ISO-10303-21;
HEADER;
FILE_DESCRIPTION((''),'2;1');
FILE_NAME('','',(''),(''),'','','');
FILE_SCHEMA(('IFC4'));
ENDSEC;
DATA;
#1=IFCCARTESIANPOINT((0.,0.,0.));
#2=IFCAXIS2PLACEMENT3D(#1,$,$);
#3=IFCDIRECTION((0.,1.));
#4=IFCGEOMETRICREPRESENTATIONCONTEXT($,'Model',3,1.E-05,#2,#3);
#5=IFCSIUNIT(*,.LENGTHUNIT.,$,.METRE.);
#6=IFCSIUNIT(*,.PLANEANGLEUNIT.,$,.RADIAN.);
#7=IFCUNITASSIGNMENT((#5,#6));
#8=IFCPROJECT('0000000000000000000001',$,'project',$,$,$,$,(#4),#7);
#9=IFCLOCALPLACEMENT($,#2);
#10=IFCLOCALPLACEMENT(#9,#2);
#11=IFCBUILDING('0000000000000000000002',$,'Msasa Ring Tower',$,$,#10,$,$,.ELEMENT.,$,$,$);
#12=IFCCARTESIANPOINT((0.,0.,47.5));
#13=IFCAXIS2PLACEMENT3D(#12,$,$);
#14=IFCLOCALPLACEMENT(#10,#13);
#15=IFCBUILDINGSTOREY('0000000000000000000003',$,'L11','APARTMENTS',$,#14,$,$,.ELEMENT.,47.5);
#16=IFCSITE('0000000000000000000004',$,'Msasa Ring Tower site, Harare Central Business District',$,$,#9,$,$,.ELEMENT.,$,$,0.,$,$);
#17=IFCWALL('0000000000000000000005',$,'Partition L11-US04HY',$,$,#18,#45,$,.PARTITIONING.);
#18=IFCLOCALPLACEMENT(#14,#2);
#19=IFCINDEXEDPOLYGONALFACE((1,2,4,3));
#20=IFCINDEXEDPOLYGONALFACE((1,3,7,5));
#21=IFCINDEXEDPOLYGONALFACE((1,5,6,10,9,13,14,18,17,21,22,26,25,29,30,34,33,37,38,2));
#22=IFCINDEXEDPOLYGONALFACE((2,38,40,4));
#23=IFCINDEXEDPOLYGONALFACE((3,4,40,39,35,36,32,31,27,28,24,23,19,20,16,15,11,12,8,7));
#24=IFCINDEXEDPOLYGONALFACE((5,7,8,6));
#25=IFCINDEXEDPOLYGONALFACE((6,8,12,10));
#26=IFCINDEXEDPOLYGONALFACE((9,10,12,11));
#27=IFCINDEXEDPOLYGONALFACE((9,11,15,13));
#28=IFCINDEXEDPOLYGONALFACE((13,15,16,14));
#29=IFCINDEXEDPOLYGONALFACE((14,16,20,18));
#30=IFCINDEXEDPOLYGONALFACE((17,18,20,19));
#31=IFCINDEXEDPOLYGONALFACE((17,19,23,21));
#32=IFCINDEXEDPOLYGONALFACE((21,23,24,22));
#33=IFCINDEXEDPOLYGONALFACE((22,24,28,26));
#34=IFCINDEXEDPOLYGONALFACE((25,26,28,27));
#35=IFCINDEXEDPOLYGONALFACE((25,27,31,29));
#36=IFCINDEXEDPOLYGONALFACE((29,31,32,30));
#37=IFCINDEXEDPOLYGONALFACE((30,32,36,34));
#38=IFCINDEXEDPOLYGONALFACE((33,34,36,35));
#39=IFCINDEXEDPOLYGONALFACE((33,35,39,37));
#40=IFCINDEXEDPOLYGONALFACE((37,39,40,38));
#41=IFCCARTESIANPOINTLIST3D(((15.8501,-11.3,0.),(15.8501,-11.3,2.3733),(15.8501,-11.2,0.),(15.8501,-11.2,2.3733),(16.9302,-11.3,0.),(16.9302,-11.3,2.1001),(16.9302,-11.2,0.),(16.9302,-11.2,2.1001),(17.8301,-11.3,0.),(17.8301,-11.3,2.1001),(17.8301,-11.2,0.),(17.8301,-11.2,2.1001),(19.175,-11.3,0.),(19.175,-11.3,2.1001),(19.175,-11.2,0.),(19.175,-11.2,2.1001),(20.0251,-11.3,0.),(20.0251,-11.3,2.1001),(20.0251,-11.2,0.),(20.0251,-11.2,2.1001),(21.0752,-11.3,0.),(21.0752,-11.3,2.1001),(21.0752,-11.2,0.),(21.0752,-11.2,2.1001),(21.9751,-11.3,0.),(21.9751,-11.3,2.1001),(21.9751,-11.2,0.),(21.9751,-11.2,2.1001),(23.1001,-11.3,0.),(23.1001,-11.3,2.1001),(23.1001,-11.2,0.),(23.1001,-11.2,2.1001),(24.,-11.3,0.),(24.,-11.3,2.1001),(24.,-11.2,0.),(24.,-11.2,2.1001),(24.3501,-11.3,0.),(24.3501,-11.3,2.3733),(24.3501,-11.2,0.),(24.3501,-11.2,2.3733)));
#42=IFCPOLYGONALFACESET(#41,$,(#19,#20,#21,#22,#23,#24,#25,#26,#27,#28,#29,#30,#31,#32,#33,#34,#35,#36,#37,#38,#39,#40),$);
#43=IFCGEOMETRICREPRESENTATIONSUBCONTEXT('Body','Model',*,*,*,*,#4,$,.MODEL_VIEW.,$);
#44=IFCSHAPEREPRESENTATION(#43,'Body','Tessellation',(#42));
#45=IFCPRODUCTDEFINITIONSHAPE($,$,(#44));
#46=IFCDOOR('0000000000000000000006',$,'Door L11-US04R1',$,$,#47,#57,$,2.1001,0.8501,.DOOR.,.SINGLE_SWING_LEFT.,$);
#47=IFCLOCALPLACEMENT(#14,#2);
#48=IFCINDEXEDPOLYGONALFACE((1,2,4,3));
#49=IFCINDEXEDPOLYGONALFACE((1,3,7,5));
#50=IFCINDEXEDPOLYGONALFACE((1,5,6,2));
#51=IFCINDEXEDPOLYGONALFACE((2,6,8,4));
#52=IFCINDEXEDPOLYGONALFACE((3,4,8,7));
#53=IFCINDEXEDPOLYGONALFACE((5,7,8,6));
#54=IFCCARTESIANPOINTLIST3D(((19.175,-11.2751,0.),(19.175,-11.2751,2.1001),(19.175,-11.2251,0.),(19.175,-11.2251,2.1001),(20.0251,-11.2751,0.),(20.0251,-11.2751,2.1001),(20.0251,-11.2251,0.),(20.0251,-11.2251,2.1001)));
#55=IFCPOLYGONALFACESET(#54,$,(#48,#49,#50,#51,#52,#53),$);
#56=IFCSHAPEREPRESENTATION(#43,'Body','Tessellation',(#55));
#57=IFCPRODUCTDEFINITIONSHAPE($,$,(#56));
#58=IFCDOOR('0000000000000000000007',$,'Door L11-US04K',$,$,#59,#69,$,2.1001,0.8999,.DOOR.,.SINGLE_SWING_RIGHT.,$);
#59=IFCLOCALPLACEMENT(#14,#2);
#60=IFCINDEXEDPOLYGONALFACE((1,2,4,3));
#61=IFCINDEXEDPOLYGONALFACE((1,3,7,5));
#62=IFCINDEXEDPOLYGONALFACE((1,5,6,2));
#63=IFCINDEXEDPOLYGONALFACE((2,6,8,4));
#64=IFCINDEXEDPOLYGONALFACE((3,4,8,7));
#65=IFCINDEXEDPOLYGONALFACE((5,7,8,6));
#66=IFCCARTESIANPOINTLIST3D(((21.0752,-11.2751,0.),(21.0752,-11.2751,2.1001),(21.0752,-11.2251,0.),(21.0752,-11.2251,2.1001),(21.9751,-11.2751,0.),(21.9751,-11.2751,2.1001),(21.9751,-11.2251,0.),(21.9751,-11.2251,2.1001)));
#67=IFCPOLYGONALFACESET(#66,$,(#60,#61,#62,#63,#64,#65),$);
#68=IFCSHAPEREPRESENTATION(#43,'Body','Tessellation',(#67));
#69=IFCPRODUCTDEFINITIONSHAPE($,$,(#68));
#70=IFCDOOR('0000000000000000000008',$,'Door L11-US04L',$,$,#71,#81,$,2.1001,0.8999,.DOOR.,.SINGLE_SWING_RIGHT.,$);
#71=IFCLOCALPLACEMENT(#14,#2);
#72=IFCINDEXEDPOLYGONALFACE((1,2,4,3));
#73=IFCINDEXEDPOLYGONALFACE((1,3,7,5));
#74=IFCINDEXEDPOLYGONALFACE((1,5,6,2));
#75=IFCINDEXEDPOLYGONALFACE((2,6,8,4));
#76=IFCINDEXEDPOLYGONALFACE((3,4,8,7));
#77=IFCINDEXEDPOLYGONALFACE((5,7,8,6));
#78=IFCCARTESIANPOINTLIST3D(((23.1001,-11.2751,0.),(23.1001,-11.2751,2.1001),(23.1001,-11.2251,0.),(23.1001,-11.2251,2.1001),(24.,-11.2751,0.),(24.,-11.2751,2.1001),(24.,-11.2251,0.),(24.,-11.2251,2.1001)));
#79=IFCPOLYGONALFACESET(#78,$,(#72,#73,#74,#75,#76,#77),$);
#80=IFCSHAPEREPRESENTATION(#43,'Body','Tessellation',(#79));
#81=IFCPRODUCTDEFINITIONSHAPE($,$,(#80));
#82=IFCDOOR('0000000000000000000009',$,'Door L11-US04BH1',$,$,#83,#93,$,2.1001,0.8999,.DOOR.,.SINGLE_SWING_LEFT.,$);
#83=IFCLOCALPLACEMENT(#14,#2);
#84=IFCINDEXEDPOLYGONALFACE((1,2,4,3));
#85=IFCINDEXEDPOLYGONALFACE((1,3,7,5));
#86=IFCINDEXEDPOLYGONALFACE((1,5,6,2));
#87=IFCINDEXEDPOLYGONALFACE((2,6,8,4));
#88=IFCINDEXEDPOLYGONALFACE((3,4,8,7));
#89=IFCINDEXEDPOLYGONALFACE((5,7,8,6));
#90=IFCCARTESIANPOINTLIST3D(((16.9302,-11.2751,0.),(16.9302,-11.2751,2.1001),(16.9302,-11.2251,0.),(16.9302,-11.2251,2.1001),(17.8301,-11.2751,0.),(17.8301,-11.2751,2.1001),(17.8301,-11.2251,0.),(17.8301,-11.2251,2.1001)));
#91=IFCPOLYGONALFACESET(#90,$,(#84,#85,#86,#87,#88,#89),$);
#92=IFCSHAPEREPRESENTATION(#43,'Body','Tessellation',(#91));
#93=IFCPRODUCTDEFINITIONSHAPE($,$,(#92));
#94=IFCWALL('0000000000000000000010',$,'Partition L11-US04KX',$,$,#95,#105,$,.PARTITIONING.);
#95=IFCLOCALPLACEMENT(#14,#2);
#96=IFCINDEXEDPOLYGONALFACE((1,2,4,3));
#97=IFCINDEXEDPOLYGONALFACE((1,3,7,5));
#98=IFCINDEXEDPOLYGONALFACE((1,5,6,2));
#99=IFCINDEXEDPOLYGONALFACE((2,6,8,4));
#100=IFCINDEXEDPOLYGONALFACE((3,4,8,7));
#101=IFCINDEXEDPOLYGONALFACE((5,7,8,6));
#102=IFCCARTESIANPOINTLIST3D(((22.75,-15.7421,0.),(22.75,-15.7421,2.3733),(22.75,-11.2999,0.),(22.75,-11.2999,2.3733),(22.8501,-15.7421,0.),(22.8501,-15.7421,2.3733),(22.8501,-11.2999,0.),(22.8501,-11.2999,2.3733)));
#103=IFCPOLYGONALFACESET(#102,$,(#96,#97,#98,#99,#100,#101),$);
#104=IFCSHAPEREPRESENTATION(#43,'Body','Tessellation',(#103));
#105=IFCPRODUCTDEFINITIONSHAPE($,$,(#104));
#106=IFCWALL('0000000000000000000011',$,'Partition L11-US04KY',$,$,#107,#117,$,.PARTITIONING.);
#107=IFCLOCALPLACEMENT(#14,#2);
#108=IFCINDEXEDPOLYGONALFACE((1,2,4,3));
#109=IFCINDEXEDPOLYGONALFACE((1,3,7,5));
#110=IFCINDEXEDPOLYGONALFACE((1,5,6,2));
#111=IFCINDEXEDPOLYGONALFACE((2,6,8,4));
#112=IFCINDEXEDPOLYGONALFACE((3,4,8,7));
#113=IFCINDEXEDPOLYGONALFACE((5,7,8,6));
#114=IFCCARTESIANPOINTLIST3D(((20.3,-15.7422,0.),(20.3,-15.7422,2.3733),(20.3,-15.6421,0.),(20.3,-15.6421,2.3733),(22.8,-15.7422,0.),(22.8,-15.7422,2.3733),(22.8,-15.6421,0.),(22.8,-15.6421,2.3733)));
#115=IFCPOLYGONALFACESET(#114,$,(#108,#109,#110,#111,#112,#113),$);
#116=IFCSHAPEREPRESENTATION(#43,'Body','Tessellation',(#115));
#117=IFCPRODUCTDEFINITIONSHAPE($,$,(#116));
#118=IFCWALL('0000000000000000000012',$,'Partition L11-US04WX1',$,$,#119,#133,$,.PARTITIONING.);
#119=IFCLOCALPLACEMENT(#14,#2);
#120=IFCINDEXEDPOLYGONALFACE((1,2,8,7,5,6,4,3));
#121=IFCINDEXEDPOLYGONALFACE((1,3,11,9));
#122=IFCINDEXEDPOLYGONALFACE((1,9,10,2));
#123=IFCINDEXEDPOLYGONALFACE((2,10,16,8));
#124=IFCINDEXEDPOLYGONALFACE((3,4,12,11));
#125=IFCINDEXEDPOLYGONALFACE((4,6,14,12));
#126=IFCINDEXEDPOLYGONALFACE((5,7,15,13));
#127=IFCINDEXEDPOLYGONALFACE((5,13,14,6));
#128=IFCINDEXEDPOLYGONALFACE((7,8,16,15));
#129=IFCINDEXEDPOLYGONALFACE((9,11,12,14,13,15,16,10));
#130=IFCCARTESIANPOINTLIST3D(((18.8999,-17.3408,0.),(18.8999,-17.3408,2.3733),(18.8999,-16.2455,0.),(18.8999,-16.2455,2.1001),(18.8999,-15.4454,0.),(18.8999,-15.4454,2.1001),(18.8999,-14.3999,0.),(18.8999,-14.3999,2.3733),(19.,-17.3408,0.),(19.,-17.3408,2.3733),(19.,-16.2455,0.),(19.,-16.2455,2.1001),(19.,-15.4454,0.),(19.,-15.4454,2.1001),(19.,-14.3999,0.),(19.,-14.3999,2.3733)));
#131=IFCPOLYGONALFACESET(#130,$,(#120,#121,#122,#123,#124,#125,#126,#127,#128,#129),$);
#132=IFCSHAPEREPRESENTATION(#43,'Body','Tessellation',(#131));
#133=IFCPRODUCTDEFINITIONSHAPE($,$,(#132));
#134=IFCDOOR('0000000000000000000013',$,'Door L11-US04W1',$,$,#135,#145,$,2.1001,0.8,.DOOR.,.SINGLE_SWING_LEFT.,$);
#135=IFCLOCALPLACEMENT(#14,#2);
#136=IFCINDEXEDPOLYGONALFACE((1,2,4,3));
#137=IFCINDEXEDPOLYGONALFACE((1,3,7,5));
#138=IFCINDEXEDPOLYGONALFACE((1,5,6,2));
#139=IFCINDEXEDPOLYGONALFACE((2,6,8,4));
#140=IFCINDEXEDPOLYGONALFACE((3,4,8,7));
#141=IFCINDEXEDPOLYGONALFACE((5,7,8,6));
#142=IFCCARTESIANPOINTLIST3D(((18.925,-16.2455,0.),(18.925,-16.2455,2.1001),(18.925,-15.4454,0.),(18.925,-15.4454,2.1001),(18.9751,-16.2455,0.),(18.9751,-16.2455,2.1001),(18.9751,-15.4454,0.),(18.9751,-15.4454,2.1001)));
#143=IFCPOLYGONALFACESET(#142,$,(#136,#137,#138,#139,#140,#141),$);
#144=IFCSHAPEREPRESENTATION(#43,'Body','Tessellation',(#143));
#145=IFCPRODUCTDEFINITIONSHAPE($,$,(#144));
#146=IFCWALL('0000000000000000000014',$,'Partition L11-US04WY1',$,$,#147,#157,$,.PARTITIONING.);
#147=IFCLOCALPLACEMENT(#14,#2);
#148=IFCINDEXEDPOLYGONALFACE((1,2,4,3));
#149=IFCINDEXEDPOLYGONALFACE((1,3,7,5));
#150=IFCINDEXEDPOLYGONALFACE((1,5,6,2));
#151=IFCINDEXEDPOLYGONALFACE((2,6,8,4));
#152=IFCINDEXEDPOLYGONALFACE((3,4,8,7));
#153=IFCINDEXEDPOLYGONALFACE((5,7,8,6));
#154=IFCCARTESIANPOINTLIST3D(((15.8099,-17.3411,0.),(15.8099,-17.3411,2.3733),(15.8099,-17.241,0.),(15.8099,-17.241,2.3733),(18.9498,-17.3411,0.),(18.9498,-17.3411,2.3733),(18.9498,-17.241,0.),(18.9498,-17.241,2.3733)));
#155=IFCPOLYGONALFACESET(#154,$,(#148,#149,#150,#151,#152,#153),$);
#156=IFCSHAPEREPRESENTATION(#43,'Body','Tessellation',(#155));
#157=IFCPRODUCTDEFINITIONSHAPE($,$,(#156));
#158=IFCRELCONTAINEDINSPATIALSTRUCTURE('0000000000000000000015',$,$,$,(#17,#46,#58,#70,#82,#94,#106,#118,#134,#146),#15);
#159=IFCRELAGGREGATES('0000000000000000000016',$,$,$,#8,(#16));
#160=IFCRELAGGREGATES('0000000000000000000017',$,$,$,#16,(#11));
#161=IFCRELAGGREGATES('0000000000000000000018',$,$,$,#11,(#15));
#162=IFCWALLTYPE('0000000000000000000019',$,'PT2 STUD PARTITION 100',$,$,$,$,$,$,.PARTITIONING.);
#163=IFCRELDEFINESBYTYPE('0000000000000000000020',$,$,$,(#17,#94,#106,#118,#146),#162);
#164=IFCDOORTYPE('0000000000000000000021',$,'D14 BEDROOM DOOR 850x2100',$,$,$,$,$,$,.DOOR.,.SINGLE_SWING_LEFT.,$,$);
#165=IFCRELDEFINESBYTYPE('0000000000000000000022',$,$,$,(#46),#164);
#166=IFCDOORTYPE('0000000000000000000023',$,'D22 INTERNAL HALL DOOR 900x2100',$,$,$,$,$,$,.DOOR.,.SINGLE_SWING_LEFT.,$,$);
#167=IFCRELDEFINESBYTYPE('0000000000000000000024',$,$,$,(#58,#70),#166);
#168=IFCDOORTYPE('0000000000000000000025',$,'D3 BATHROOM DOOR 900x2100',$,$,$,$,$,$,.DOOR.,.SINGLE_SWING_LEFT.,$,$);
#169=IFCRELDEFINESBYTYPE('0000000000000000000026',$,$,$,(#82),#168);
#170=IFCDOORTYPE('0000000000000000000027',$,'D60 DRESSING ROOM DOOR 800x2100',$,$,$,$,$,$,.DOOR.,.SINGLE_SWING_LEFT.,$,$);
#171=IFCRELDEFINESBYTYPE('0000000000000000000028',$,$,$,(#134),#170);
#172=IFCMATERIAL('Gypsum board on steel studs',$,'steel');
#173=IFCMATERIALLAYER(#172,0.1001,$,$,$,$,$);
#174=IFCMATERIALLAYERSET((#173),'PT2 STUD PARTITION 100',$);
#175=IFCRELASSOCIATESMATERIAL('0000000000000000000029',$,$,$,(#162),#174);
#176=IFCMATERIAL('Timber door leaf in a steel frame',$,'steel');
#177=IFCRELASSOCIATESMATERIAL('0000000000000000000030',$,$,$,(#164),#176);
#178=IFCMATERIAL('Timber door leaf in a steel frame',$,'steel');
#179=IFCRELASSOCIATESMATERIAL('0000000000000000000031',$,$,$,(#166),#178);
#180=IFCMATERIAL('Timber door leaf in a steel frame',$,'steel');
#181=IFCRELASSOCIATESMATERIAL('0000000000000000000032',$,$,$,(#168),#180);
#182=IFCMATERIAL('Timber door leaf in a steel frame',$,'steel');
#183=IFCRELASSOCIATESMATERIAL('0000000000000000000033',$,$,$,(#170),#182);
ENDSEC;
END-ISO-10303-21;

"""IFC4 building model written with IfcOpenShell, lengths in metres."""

from ifc_helpers import new_model, si_unit, direction, frame, frame_2d, origin, place, context, subcontext, project, spatial, rectangle, extrude, material, layer, layer_set, type_object, element, fill, save


model = new_model("IFC4")

# Units and contexts
model_context = context("Model", 3, precision=1e-05, world=origin(), true_north=direction((0.0, 1.0)))
body_context = subcontext(model_context, "Body", "Model", "MODEL_VIEW")
ifc_project = project(units=[si_unit("LENGTHUNIT", "METRE"), si_unit("PLANEANGLEUNIT", "RADIAN")], contexts=[model_context])

# Site, building, storey
site_placement = place(None, origin())
site = spatial("IfcSite", under=ifc_project, at=site_placement, Name="Msasa Ring Tower site, Harare Central Business District", CompositionType="ELEMENT", RefElevation=0.0)
building_placement = place(site_placement, origin())
building = spatial("IfcBuilding", under=site, at=building_placement, Name="Msasa Ring Tower", CompositionType="ELEMENT")
storey_placement = place(building_placement, frame((0.0, 0.0, 47.5)))
storey = spatial("IfcBuildingStorey", under=building, at=storey_placement, Name="L11", Description="APARTMENTS", CompositionType="ELEMENT", Elevation=47.5)

# Wall, openings, doors
ifc_material_1 = material(Name="Gypsum board on steel studs", Category="steel")
ifc_layer_1 = layer(ifc_material_1, 0.1001)
ifc_layer_set_1 = layer_set([ifc_layer_1], Name="PT2 STUD PARTITION 100")
wall_type_1 = type_object("IfcWallType", Name="PT2 STUD PARTITION 100", PredefinedType="PARTITIONING", material=ifc_layer_set_1)
wall_1_placement = place(storey_placement, frame((15.8501, -11.25, 0.0), z_axis=(0.0, 0.0, 1.0), x_axis=(1.0, 0.0, 0.0)))
wall_1 = element("IfcWall", 1, at=wall_1_placement, inside=storey, type_object=wall_type_1, Name="Partition L11-US04HY", PredefinedType="PARTITIONING", context=body_context, shape_type="SweptSolid", body=[
    extrude(rectangle(XDim=8.5, YDim=0.1001, at=frame_2d((4.25, 0.0))), origin(), (0.0, 0.0, 1.0), 2.3733),
])
opening_1_placement = place(wall_1_placement, frame((5.2251, 0.0, 0.0)))
opening_1 = element("IfcOpeningElement", 2, at=opening_1_placement, cuts=wall_1, PredefinedType="OPENING", context=body_context, shape_type="SweptSolid", body=[
    extrude(rectangle(XDim=0.8999, YDim=2.1001, at=frame_2d((0.45, 1.05))), frame((0.0, 0.0601, 0.0), z_axis=(0.0, -1.0, 0.0), x_axis=(1.0, 0.0, 0.0)), (0.0, 0.0, 1.0), 0.1201),
])
opening_2_placement = place(wall_1_placement, frame((7.25, 0.0, 0.0)))
opening_2 = element("IfcOpeningElement", 3, at=opening_2_placement, cuts=wall_1, PredefinedType="OPENING", context=body_context, shape_type="SweptSolid", body=[
    extrude(rectangle(XDim=0.8999, YDim=2.1001, at=frame_2d((0.45, 1.05))), frame((0.0, 0.0601, 0.0), z_axis=(0.0, -1.0, 0.0), x_axis=(1.0, 0.0, 0.0)), (0.0, 0.0, 1.0), 0.1201),
])
opening_3_placement = place(wall_1_placement, frame((3.325, 0.0, 0.0)))
opening_3 = element("IfcOpeningElement", 4, at=opening_3_placement, cuts=wall_1, PredefinedType="OPENING", context=body_context, shape_type="SweptSolid", body=[
    extrude(rectangle(XDim=0.8501, YDim=2.1001, at=frame_2d((0.425, 1.05))), frame((0.0, 0.0601, 0.0), z_axis=(0.0, -1.0, 0.0), x_axis=(1.0, 0.0, 0.0)), (0.0, 0.0, 1.0), 0.1201),
])
opening_4_placement = place(wall_1_placement, frame((1.0801, 0.0, 0.0)))
opening_4 = element("IfcOpeningElement", 5, at=opening_4_placement, cuts=wall_1, PredefinedType="OPENING", context=body_context, shape_type="SweptSolid", body=[
    extrude(rectangle(XDim=0.8999, YDim=2.1001, at=frame_2d((0.45, 1.05))), frame((0.0, 0.0601, 0.0), z_axis=(0.0, -1.0, 0.0), x_axis=(1.0, 0.0, 0.0)), (0.0, 0.0, 1.0), 0.1201),
])
ifc_material_2 = material(Name="Timber door leaf in a steel frame", Category="steel")
door_type_1 = type_object("IfcDoorType", Name="D14 BEDROOM DOOR 850x2100", OperationType="SINGLE_SWING_LEFT", PredefinedType="DOOR", material=ifc_material_2)
door_1_placement = place(opening_3_placement, origin())
door_1 = element("IfcDoor", 6, at=door_1_placement, inside=storey, type_object=door_type_1, Name="Door L11-US04R1", OperationType="SINGLE_SWING_LEFT", OverallHeight=2.1001, OverallWidth=0.8501, PredefinedType="DOOR", context=body_context, shape_type="SweptSolid", body=[
    extrude(rectangle(XDim=0.8501, YDim=2.1001, at=frame_2d((0.425, 1.05))), frame((0.0, 0.0249, 0.0), z_axis=(0.0, -1.0, 0.0), x_axis=(1.0, 0.0, 0.0)), (0.0, 0.0, 1.0), 0.05),
])
fill(opening_3, door_1)
ifc_material_3 = material(Name="Timber door leaf in a steel frame", Category="steel")
door_type_2 = type_object("IfcDoorType", Name="D22 INTERNAL HALL DOOR 900x2100", OperationType="SINGLE_SWING_LEFT", PredefinedType="DOOR", material=ifc_material_3)
door_2_placement = place(opening_1_placement, origin())
door_2 = element("IfcDoor", 7, at=door_2_placement, inside=storey, type_object=door_type_2, Name="Door L11-US04K", OperationType="SINGLE_SWING_RIGHT", OverallHeight=2.1001, OverallWidth=0.8999, PredefinedType="DOOR", context=body_context, shape_type="SweptSolid", body=[
    extrude(rectangle(XDim=0.8999, YDim=2.1001, at=frame_2d((0.45, 1.05))), frame((0.0, 0.0249, 0.0), z_axis=(0.0, -1.0, 0.0), x_axis=(1.0, 0.0, 0.0)), (0.0, 0.0, 1.0), 0.05),
])
fill(opening_1, door_2)
door_3_placement = place(opening_2_placement, origin())
door_3 = element("IfcDoor", 8, at=door_3_placement, inside=storey, type_object=door_type_2, Name="Door L11-US04L", OperationType="SINGLE_SWING_RIGHT", OverallHeight=2.1001, OverallWidth=0.8999, PredefinedType="DOOR", context=body_context, shape_type="SweptSolid", body=[
    extrude(rectangle(XDim=0.8999, YDim=2.1001, at=frame_2d((0.45, 1.05))), frame((0.0, 0.0249, 0.0), z_axis=(0.0, -1.0, 0.0), x_axis=(1.0, 0.0, 0.0)), (0.0, 0.0, 1.0), 0.05),
])
fill(opening_2, door_3)
ifc_material_4 = material(Name="Timber door leaf in a steel frame", Category="steel")
door_type_3 = type_object("IfcDoorType", Name="D3 BATHROOM DOOR 900x2100", OperationType="SINGLE_SWING_LEFT", PredefinedType="DOOR", material=ifc_material_4)
door_4_placement = place(opening_4_placement, origin())
door_4 = element("IfcDoor", 9, at=door_4_placement, inside=storey, type_object=door_type_3, Name="Door L11-US04BH1", OperationType="SINGLE_SWING_LEFT", OverallHeight=2.1001, OverallWidth=0.8999, PredefinedType="DOOR", context=body_context, shape_type="SweptSolid", body=[
    extrude(rectangle(XDim=0.8999, YDim=2.1001, at=frame_2d((0.45, 1.05))), frame((0.0, 0.0249, 0.0), z_axis=(0.0, -1.0, 0.0), x_axis=(1.0, 0.0, 0.0)), (0.0, 0.0, 1.0), 0.05),
])
fill(opening_4, door_4)

# Walls
wall_2_placement = place(storey_placement, frame((22.8, -15.7422, 0.0), z_axis=(0.0, 0.0, 1.0), x_axis=(0.0, 1.0, 0.0)))
element("IfcWall", 10, at=wall_2_placement, inside=storey, type_object=wall_type_1, Name="Partition L11-US04KX", PredefinedType="PARTITIONING", context=body_context, shape_type="SweptSolid", body=[
    extrude(rectangle(XDim=4.4421, YDim=0.1001, at=frame_2d((2.2212, 0.0))), origin(), (0.0, 0.0, 1.0), 2.3733),
])
wall_3_placement = place(storey_placement, frame((20.3, -15.6921, 0.0), z_axis=(0.0, 0.0, 1.0), x_axis=(1.0, 0.0, 0.0)))
element("IfcWall", 11, at=wall_3_placement, inside=storey, type_object=wall_type_1, Name="Partition L11-US04KY", PredefinedType="PARTITIONING", context=body_context, shape_type="SweptSolid", body=[
    extrude(rectangle(XDim=2.5, YDim=0.1001, at=frame_2d((1.25, 0.0))), origin(), (0.0, 0.0, 1.0), 2.3733),
])

# Wall, opening, door
wall_4_placement = place(storey_placement, frame((18.95, -17.3408, 0.0), z_axis=(0.0, 0.0, 1.0), x_axis=(0.0, 1.0, 0.0)))
wall_4 = element("IfcWall", 12, at=wall_4_placement, inside=storey, type_object=wall_type_1, Name="Partition L11-US04WX1", PredefinedType="PARTITIONING", context=body_context, shape_type="SweptSolid", body=[
    extrude(rectangle(XDim=2.9409, YDim=0.1001, at=frame_2d((1.4705, 0.0))), origin(), (0.0, 0.0, 1.0), 2.3733),
])
opening_5_placement = place(wall_4_placement, frame((1.0955, 0.0, 0.0)))
opening_5 = element("IfcOpeningElement", 13, at=opening_5_placement, cuts=wall_4, PredefinedType="OPENING", context=body_context, shape_type="SweptSolid", body=[
    extrude(rectangle(XDim=0.8, YDim=2.1001, at=frame_2d((0.3999, 1.05))), frame((0.0, 0.0601, 0.0), z_axis=(0.0, -1.0, 0.0), x_axis=(1.0, 0.0, 0.0)), (0.0, 0.0, 1.0), 0.1201),
])
ifc_material_5 = material(Name="Timber door leaf in a steel frame", Category="steel")
door_type_4 = type_object("IfcDoorType", Name="D60 DRESSING ROOM DOOR 800x2100", OperationType="SINGLE_SWING_LEFT", PredefinedType="DOOR", material=ifc_material_5)
door_5_placement = place(opening_5_placement, origin())
door_5 = element("IfcDoor", 14, at=door_5_placement, inside=storey, type_object=door_type_4, Name="Door L11-US04W1", OperationType="SINGLE_SWING_LEFT", OverallHeight=2.1001, OverallWidth=0.8, PredefinedType="DOOR", context=body_context, shape_type="SweptSolid", body=[
    extrude(rectangle(XDim=0.8, YDim=2.1001, at=frame_2d((0.3999, 1.05))), frame((0.0, 0.0249, 0.0), z_axis=(0.0, -1.0, 0.0), x_axis=(1.0, 0.0, 0.0)), (0.0, 0.0, 1.0), 0.05),
])
fill(opening_5, door_5)

# Wall
wall_5_placement = place(storey_placement, frame((15.8101, -17.291, 0.0), z_axis=(0.0, 0.0, 1.0), x_axis=(1.0, 0.0, 0.0)))
element("IfcWall", 15, at=wall_5_placement, inside=storey, type_object=wall_type_1, Name="Partition L11-US04WY1", PredefinedType="PARTITIONING", context=body_context, shape_type="SweptSolid", body=[
    extrude(rectangle(XDim=3.1399, YDim=0.1001, at=frame_2d((1.5698, 0.0))), origin(), (0.0, 0.0, 1.0), 2.3733),
])

save(model, "model.ifc")
